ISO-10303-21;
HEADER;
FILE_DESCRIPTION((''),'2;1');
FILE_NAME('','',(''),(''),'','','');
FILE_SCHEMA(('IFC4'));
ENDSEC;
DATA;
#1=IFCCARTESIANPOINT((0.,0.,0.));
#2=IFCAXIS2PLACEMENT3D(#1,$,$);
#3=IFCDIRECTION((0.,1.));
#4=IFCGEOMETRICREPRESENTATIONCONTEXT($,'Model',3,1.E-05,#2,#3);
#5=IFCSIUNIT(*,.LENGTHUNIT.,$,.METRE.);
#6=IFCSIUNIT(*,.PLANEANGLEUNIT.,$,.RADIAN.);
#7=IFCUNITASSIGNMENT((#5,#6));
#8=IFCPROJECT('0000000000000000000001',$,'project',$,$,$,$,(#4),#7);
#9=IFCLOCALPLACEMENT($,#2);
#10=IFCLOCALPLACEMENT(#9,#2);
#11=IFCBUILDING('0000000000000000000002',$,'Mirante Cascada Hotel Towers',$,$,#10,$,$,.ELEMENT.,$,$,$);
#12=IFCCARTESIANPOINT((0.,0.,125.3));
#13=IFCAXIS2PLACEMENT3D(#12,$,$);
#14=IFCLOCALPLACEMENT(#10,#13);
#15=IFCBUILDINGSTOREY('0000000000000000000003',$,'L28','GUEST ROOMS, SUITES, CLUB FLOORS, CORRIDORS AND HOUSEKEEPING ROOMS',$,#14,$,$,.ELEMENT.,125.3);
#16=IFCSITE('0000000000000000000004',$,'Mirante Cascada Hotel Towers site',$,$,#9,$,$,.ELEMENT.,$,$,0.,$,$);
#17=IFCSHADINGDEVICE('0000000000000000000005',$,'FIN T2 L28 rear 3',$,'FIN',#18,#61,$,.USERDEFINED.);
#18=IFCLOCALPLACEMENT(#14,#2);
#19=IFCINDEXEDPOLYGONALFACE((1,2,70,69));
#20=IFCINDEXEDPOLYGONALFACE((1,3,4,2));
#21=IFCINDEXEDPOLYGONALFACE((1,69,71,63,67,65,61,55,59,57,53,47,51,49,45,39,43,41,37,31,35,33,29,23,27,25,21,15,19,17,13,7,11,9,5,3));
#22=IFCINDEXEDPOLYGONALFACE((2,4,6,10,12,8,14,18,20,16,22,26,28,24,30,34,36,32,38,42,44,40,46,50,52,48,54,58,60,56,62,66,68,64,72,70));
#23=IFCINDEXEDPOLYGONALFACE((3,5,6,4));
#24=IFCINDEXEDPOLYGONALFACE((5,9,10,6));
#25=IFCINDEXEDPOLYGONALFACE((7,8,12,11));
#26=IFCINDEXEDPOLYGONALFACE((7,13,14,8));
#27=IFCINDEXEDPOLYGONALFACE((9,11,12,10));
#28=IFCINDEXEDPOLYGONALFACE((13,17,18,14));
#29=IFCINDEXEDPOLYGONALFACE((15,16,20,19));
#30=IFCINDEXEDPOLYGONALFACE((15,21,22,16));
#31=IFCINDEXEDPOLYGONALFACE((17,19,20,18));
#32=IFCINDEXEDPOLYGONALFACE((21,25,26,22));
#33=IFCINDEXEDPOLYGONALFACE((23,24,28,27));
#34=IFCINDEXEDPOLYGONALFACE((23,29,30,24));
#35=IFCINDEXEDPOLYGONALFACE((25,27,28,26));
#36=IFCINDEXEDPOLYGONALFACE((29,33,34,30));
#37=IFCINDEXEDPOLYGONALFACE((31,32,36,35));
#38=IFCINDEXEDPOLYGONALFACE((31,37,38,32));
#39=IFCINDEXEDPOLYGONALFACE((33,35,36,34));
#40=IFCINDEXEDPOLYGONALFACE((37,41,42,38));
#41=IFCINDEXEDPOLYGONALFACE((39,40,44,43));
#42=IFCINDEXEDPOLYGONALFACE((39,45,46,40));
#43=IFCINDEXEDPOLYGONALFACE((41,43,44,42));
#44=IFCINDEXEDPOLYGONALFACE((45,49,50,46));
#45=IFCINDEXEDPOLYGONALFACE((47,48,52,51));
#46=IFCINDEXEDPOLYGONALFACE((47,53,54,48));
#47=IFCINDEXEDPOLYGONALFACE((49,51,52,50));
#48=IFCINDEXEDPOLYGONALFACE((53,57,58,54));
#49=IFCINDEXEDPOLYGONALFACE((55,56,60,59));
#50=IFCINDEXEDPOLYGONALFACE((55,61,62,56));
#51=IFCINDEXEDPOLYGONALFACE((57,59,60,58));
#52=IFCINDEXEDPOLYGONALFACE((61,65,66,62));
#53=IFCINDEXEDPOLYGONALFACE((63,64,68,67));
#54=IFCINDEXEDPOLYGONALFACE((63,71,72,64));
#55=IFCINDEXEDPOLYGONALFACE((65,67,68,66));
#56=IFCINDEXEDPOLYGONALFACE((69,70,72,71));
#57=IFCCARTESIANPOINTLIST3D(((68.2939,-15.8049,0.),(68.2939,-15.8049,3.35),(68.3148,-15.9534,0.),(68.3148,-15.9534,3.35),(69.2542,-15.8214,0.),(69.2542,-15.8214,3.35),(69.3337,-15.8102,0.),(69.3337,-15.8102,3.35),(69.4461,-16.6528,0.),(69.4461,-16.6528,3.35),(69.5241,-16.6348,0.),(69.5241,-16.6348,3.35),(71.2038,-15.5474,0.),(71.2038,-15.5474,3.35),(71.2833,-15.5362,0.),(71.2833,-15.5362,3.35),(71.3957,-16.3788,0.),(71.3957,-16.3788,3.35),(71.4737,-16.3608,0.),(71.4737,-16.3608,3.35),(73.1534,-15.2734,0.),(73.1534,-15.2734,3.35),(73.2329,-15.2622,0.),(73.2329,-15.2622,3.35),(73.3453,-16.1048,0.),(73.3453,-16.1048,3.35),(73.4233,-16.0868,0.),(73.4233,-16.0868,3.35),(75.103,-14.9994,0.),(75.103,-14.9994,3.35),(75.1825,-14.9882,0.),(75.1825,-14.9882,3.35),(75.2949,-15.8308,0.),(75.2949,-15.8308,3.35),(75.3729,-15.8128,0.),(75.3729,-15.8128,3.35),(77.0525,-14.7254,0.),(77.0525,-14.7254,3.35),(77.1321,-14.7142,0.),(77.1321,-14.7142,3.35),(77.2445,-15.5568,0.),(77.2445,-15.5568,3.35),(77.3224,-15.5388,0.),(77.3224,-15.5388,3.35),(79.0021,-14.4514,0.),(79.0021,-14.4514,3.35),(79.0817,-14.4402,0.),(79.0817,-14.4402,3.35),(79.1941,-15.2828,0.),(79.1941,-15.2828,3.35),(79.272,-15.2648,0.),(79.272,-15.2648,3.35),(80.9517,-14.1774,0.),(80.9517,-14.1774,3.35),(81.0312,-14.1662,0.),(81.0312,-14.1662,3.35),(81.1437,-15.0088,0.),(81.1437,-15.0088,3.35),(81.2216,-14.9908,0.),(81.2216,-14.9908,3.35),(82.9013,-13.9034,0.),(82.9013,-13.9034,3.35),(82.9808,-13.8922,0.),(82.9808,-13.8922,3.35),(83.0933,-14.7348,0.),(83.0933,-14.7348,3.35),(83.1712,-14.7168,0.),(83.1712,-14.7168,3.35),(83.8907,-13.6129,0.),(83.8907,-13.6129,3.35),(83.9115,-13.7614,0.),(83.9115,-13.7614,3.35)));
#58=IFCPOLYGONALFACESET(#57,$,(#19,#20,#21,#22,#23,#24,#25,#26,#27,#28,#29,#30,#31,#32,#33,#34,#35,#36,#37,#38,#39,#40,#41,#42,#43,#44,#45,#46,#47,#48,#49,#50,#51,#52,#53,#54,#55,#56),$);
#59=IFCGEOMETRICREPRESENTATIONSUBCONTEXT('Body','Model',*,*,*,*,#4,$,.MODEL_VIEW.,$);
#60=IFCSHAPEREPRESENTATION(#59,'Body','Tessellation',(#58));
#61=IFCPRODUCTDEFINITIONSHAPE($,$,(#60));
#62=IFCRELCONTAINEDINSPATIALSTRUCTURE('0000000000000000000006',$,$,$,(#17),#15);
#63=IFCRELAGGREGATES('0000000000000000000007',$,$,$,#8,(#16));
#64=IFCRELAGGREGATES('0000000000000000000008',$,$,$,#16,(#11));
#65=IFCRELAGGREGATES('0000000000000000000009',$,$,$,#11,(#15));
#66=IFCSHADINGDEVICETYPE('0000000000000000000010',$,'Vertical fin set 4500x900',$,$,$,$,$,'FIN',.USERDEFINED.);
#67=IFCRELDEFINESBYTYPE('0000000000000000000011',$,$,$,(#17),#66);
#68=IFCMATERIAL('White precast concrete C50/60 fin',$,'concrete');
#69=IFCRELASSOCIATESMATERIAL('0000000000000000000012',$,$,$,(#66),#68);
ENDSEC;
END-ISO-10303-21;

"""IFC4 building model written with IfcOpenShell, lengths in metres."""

from ifc_helpers import new_model, si_unit, direction, frame, origin, place, context, subcontext, project, spatial, polyline, outline, extrude, material, type_object, element, save


model = new_model("IFC4")

# Units and contexts
model_context = context("Model", 3, precision=1e-05, world=origin(), true_north=direction((0.0, 1.0)))
body_context = subcontext(model_context, "Body", "Model", "MODEL_VIEW")
ifc_project = project(units=[si_unit("LENGTHUNIT", "METRE"), si_unit("PLANEANGLEUNIT", "RADIAN")], contexts=[model_context])

# Site, building, storey
site_placement = place(None, origin())
site = spatial("IfcSite", under=ifc_project, at=site_placement, Name="Mirante Cascada Hotel Towers site", CompositionType="ELEMENT", RefElevation=0.0)
building_placement = place(site_placement, origin())
building = spatial("IfcBuilding", under=site, at=building_placement, Name="Mirante Cascada Hotel Towers", CompositionType="ELEMENT")
storey_placement = place(building_placement, frame((0.0, 0.0, 125.3)))
storey = spatial("IfcBuildingStorey", under=building, at=storey_placement, Name="L28", Description="GUEST ROOMS, SUITES, CLUB FLOORS, CORRIDORS AND HOUSEKEEPING ROOMS", CompositionType="ELEMENT", Elevation=125.3)

# Shading device
ifc_material_1 = material(Name="White precast concrete C50/60 fin", Category="concrete")
shading_device_type = type_object("IfcShadingDeviceType", Name="Vertical fin set 4500x900", ElementType="FIN", PredefinedType="USERDEFINED", material=ifc_material_1)
shading_device_1_placement = place(storey_placement, origin())
element("IfcShadingDevice", 1, at=shading_device_1_placement, inside=storey, type_object=shading_device_type, Name="FIN T2 L28 rear 3", ObjectType="FIN", PredefinedType="USERDEFINED", context=body_context, shape_type="SweptSolid", body=[
    extrude(outline(polyline([(69.4461, -16.6528), (69.2542, -15.8214), (68.3148, -15.9534), (68.2939, -15.8049), (83.8907, -13.6129), (83.9115, -13.7614), (82.9808, -13.8922), (83.1712, -14.7168), (83.0933, -14.7348), (82.9013, -13.9034), (81.0312, -14.1662), (81.2216, -14.9908), (81.1437, -15.0088), (80.9517, -14.1774), (79.0817, -14.4402), (79.272, -15.2648), (79.1941, -15.2828), (79.0021, -14.4514), (77.1321, -14.7142), (77.3224, -15.5388), (77.2445, -15.5568), (77.0525, -14.7254), (75.1825, -14.9882), (75.3729, -15.8128), (75.2949, -15.8308), (75.103, -14.9994), (73.2329, -15.2622), (73.4233, -16.0868), (73.3453, -16.1048), (73.1534, -15.2734), (71.2833, -15.5362), (71.4737, -16.3608), (71.3957, -16.3788), (71.2038, -15.5474), (69.3337, -15.8102), (69.5241, -16.6348), (69.4461, -16.6528)])), origin(), (0.0, 0.0, 1.0), 3.35),
])

save(model, "model.ifc")
